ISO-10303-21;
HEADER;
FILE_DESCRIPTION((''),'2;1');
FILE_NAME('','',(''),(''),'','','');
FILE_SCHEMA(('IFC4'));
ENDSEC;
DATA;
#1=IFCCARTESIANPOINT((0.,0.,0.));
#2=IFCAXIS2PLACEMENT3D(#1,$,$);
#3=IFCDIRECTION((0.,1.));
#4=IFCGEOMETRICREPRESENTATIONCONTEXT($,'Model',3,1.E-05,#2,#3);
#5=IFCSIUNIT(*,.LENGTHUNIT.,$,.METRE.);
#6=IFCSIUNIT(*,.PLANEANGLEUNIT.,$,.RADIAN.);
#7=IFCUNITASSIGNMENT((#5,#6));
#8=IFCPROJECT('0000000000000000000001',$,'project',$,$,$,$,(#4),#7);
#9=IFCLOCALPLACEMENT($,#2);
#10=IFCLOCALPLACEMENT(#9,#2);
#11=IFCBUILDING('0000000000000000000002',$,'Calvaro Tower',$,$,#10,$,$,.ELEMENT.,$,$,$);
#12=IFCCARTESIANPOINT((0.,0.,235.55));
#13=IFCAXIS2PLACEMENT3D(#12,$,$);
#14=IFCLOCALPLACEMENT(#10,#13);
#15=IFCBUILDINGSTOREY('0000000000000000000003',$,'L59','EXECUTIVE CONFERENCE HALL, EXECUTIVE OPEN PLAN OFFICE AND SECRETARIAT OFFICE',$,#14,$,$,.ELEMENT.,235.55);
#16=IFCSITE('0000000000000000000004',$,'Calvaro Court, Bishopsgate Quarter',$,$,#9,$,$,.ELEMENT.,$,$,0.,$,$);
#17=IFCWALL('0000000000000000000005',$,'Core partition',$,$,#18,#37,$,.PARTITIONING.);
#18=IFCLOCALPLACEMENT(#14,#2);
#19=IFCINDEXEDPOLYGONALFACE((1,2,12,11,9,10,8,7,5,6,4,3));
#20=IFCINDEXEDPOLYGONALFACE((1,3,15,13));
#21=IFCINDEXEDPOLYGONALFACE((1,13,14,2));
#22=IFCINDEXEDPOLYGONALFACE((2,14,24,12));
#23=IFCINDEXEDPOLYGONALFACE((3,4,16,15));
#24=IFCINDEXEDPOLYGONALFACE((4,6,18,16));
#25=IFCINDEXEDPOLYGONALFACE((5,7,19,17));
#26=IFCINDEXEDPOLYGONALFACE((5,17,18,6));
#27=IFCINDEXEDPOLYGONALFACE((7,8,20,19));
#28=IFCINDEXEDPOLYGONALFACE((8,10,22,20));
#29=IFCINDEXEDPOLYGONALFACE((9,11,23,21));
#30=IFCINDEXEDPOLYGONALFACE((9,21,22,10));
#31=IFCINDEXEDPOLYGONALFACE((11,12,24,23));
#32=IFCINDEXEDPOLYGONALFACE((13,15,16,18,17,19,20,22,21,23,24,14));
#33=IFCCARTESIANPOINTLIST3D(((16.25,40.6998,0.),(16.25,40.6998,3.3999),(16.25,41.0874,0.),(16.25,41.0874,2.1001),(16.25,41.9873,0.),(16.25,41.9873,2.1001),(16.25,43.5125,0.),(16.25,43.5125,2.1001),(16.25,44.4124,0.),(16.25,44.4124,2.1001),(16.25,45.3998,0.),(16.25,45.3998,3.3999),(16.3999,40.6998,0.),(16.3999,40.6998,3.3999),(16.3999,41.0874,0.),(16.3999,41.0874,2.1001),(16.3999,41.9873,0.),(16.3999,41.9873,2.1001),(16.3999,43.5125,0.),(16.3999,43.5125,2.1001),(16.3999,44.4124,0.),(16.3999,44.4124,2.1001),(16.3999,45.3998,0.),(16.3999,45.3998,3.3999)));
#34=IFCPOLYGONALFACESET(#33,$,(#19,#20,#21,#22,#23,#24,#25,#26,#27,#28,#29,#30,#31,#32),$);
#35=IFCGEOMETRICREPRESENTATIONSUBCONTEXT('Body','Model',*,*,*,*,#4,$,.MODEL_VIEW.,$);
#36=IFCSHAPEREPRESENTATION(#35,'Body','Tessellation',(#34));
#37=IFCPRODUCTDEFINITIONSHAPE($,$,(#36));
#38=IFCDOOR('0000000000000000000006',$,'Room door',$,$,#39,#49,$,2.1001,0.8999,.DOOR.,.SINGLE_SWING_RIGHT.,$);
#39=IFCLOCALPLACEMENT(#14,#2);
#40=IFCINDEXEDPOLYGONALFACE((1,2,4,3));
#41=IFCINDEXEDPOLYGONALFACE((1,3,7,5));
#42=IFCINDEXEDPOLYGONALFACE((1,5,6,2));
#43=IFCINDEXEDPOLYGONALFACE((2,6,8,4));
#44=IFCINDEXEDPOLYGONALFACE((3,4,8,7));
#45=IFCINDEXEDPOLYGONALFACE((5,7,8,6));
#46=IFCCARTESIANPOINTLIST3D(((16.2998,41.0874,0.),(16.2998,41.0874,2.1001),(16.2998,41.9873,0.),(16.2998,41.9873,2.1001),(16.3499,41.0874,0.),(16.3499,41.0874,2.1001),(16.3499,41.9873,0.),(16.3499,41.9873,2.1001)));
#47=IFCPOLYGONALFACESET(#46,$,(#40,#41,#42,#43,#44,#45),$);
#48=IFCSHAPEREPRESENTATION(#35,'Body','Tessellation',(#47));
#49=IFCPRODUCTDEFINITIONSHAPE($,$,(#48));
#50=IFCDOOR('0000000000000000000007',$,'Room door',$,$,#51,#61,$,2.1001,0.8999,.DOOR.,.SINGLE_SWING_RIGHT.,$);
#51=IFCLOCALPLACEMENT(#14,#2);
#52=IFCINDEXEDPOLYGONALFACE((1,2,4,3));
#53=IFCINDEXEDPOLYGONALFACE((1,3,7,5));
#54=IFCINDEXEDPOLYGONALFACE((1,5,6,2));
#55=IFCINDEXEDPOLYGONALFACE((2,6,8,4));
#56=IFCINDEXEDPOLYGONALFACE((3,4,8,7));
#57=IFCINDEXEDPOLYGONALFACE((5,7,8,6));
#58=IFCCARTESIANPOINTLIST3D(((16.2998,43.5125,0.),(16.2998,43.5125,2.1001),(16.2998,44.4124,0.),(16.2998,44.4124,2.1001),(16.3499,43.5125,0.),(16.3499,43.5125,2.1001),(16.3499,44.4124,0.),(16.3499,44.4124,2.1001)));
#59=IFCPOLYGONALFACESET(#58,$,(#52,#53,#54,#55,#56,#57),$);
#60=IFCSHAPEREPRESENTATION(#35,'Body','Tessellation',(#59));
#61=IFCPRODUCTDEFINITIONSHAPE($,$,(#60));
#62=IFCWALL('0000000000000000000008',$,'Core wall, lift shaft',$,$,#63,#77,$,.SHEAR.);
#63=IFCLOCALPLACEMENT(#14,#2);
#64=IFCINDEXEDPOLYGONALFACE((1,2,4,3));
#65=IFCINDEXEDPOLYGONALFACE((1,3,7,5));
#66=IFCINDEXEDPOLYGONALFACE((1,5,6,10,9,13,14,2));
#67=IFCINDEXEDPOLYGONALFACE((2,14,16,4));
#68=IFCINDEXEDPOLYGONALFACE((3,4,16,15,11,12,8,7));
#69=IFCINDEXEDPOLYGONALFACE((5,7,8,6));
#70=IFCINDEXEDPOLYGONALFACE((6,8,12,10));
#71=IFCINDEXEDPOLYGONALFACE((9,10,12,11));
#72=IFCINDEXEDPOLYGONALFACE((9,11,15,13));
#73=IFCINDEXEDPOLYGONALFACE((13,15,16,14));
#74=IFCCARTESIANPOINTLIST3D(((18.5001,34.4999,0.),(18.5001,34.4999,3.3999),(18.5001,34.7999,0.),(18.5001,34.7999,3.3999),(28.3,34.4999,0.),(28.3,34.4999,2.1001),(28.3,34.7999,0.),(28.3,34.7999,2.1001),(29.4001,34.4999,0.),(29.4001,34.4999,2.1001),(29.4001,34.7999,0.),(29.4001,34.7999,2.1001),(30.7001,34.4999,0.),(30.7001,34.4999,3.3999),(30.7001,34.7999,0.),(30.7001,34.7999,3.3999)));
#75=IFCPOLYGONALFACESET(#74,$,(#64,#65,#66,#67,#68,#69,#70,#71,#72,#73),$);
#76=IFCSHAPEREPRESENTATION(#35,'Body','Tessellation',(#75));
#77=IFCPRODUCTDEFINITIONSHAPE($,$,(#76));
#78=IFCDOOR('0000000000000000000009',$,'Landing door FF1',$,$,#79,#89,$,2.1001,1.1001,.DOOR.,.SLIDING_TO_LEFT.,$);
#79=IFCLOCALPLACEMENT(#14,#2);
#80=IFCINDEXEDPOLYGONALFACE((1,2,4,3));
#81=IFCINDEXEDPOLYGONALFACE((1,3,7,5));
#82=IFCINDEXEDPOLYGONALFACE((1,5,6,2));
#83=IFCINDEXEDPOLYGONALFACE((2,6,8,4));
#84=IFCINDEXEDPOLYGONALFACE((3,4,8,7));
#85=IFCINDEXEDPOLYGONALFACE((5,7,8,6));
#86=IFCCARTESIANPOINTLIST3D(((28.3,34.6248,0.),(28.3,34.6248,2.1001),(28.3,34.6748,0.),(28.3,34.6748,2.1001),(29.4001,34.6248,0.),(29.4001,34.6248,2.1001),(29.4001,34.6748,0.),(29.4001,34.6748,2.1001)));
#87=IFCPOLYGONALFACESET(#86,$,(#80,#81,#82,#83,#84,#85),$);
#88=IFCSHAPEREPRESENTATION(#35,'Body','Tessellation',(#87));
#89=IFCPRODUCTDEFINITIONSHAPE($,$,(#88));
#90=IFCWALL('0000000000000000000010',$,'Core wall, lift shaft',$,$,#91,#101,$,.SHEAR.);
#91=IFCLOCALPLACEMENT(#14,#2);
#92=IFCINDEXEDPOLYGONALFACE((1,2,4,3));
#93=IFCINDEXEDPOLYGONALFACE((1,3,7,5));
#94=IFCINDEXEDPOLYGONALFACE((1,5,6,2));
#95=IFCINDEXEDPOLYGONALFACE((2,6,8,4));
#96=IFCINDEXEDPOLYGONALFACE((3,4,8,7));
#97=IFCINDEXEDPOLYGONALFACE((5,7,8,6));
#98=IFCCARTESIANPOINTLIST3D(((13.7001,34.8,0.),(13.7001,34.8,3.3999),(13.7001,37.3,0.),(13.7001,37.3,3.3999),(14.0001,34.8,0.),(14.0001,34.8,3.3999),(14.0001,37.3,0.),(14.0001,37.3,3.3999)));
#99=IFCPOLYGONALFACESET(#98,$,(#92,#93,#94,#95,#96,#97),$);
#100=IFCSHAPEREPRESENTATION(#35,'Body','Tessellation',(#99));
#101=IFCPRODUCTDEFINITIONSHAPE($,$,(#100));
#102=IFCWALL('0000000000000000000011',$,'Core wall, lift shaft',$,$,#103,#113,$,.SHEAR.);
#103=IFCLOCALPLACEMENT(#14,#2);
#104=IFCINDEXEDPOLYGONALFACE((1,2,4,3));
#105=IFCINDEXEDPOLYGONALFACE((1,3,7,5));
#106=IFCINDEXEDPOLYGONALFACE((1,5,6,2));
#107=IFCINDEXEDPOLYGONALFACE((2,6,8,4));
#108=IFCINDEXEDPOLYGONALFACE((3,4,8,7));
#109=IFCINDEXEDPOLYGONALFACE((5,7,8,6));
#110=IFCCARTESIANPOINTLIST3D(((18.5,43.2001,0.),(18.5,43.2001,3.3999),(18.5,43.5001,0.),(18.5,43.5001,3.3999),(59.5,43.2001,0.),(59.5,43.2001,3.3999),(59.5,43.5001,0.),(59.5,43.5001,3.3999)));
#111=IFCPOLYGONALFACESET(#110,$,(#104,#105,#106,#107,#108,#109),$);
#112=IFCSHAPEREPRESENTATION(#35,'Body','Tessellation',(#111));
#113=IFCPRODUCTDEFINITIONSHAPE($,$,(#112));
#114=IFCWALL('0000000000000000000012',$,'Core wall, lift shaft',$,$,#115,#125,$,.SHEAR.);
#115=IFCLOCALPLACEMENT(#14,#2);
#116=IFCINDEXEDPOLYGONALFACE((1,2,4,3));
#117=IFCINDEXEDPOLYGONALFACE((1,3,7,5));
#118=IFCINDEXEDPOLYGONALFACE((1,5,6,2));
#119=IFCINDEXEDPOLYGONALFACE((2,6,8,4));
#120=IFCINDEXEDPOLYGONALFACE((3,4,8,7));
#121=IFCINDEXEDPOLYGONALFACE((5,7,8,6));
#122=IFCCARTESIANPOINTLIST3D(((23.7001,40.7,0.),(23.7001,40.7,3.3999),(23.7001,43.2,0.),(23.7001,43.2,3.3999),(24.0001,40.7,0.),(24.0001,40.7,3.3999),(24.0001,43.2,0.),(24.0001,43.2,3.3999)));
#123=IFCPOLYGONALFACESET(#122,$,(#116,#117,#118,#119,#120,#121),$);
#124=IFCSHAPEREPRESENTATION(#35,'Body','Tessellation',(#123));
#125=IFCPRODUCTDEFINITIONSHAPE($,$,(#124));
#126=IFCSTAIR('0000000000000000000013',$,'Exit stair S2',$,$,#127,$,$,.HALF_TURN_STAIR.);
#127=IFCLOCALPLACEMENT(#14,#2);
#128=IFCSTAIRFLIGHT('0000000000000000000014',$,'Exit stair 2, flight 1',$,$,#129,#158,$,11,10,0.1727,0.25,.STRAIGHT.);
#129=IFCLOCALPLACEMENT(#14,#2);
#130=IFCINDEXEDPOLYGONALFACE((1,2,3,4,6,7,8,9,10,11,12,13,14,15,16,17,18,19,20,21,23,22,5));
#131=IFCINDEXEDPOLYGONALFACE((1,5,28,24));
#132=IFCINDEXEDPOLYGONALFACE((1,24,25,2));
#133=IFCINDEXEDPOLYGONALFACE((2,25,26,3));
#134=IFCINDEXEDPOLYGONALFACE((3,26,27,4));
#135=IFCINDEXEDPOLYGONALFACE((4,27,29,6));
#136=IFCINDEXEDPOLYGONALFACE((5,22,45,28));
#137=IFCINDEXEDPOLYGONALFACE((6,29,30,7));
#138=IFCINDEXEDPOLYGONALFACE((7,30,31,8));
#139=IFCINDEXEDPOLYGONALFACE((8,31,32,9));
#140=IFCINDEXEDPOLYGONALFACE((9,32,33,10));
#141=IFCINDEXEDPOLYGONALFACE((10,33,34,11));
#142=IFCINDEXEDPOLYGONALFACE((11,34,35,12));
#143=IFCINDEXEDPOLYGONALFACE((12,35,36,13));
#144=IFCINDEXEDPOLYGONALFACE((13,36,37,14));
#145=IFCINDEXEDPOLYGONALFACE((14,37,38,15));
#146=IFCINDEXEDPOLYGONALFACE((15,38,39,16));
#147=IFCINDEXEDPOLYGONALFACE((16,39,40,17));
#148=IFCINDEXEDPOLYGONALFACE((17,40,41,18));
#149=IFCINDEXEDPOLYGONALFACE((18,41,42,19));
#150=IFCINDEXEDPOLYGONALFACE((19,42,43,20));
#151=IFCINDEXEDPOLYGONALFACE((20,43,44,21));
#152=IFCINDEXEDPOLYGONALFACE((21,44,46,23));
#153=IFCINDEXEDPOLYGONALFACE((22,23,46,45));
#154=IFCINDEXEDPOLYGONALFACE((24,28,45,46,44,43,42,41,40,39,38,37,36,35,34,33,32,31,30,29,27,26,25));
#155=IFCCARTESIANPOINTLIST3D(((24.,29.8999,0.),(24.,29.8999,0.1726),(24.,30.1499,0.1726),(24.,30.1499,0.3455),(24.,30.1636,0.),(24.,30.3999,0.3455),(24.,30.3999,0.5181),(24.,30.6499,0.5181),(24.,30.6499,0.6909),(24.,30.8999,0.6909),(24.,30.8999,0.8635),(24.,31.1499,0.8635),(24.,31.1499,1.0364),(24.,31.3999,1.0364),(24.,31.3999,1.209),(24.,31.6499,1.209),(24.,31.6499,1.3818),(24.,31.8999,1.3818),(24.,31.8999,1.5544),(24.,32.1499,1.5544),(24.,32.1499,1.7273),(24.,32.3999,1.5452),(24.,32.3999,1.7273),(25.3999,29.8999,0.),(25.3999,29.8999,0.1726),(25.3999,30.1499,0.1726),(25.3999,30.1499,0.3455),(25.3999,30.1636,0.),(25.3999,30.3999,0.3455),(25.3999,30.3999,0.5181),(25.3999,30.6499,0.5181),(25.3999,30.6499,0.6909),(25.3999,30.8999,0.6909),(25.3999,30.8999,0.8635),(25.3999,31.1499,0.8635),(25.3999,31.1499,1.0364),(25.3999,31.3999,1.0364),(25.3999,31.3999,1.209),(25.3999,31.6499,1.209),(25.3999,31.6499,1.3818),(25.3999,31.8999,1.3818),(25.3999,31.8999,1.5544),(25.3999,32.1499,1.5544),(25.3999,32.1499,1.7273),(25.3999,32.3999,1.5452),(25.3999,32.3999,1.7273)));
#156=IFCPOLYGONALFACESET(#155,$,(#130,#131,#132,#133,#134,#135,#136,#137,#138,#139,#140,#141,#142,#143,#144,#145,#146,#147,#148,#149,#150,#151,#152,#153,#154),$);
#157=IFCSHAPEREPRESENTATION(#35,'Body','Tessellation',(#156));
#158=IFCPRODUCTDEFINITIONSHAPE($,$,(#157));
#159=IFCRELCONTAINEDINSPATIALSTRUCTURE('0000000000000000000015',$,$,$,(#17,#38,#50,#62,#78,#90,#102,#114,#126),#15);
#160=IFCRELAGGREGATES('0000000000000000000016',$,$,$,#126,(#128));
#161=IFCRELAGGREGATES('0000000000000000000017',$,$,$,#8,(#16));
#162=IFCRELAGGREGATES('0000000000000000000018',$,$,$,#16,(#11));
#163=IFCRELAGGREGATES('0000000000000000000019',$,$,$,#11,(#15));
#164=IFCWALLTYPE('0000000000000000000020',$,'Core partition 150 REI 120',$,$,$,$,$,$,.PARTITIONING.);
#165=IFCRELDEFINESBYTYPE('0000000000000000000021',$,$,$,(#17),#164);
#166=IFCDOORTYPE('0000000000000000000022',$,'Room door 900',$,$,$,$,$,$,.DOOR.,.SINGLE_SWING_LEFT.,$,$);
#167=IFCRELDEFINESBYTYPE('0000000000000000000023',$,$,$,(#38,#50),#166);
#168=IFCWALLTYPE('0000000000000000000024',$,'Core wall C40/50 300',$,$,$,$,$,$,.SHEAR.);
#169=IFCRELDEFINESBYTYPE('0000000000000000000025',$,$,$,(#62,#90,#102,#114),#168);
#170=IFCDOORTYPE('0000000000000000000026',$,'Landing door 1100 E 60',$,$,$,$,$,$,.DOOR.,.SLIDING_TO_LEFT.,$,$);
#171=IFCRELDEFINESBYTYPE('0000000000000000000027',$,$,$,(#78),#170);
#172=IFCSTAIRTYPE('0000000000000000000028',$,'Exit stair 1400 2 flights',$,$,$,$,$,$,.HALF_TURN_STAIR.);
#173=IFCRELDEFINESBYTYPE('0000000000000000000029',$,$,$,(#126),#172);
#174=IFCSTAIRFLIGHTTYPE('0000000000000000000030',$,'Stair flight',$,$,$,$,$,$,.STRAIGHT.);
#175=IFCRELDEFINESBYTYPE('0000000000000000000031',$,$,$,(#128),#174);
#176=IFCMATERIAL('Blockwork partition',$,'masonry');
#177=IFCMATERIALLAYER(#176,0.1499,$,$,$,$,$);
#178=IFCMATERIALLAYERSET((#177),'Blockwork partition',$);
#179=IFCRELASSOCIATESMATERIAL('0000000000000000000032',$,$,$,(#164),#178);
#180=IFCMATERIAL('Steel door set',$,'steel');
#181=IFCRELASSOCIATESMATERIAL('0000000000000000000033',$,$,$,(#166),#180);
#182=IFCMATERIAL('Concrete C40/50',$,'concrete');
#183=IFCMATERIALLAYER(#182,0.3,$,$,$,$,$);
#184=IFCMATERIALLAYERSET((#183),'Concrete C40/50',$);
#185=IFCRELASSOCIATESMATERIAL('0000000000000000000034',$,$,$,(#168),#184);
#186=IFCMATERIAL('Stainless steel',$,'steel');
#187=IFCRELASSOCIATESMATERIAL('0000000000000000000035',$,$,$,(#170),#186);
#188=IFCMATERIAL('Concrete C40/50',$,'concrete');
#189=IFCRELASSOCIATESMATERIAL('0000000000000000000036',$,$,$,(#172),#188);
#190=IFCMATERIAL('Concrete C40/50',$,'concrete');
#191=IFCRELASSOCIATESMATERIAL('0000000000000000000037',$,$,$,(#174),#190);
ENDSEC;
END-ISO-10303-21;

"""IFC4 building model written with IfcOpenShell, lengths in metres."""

from ifc_helpers import new_model, si_unit, direction, frame, frame_2d, origin, place, context, subcontext, project, spatial, polyline, rectangle, outline, extrude, material, layer, layer_set, type_object, element, fill, aggregate, save


model = new_model("IFC4")

# Units and contexts
model_context = context("Model", 3, precision=1e-05, world=origin(), true_north=direction((0.0, 1.0)))
body_context = subcontext(model_context, "Body", "Model", "MODEL_VIEW")
ifc_project = project(units=[si_unit("LENGTHUNIT", "METRE"), si_unit("PLANEANGLEUNIT", "RADIAN")], contexts=[model_context])

# Site, building, storey
site_placement = place(None, origin())
site = spatial("IfcSite", under=ifc_project, at=site_placement, Name="Calvaro Court, Bishopsgate Quarter", CompositionType="ELEMENT", RefElevation=0.0)
building_placement = place(site_placement, origin())
building = spatial("IfcBuilding", under=site, at=building_placement, Name="Calvaro Tower", CompositionType="ELEMENT")
storey_placement = place(building_placement, frame((0.0, 0.0, 235.55)))
storey = spatial("IfcBuildingStorey", under=building, at=storey_placement, Name="L59", Description="EXECUTIVE CONFERENCE HALL, EXECUTIVE OPEN PLAN OFFICE AND SECRETARIAT OFFICE", CompositionType="ELEMENT", Elevation=235.55)

# Wall, openings, doors
ifc_material_1 = material(Name="Blockwork partition", Category="masonry")
ifc_layer_1 = layer(ifc_material_1, 0.1499)
ifc_layer_set_1 = layer_set([ifc_layer_1], Name="Blockwork partition")
wall_type_1 = type_object("IfcWallType", Name="Core partition 150 REI 120", PredefinedType="PARTITIONING", material=ifc_layer_set_1)
wall_1_placement = place(storey_placement, frame((16.325, 45.3999, 0.0), z_axis=(0.0, 0.0, 1.0), x_axis=(0.0, -1.0, 0.0)))
wall_1 = element("IfcWall", 1, at=wall_1_placement, inside=storey, type_object=wall_type_1, Name="Core partition", PredefinedType="PARTITIONING", context=body_context, shape_type="SweptSolid", body=[
    extrude(rectangle(XDim=4.7, YDim=0.1499, at=frame_2d((2.3501, 0.0))), origin(), (0.0, 0.0, 1.0), 3.3999),
])
opening_1_placement = place(wall_1_placement, frame((3.4126, 0.0, 0.0)))
opening_1 = element("IfcOpeningElement", 2, at=opening_1_placement, cuts=wall_1, PredefinedType="OPENING", context=body_context, shape_type="SweptSolid", body=[
    extrude(rectangle(XDim=0.8999, YDim=2.1001, at=frame_2d((0.45, 1.05))), frame((0.0, 0.085, 0.0), z_axis=(0.0, -1.0, 0.0), x_axis=(1.0, 0.0, 0.0)), (0.0, 0.0, 1.0), 0.1699),
])
opening_2_placement = place(wall_1_placement, frame((0.9875, 0.0, 0.0)))
opening_2 = element("IfcOpeningElement", 3, at=opening_2_placement, cuts=wall_1, PredefinedType="OPENING", context=body_context, shape_type="SweptSolid", body=[
    extrude(rectangle(XDim=0.8999, YDim=2.1001, at=frame_2d((0.45, 1.05))), frame((0.0, 0.085, 0.0), z_axis=(0.0, -1.0, 0.0), x_axis=(1.0, 0.0, 0.0)), (0.0, 0.0, 1.0), 0.1699),
])
ifc_material_2 = material(Name="Steel door set", Category="steel")
door_type_1 = type_object("IfcDoorType", Name="Room door 900", OperationType="SINGLE_SWING_LEFT", PredefinedType="DOOR", material=ifc_material_2)
door_1_placement = place(opening_1_placement, origin())
door_1 = element("IfcDoor", 4, at=door_1_placement, inside=storey, type_object=door_type_1, Name="Room door", OperationType="SINGLE_SWING_RIGHT", OverallHeight=2.1001, OverallWidth=0.8999, PredefinedType="DOOR", context=body_context, shape_type="SweptSolid", body=[
    extrude(rectangle(XDim=0.8999, YDim=2.1001, at=frame_2d((0.45, 1.05))), frame((0.0, 0.0249, 0.0), z_axis=(0.0, -1.0, 0.0), x_axis=(1.0, 0.0, 0.0)), (0.0, 0.0, 1.0), 0.05),
])
fill(opening_1, door_1)
door_2_placement = place(opening_2_placement, origin())
door_2 = element("IfcDoor", 5, at=door_2_placement, inside=storey, type_object=door_type_1, Name="Room door", OperationType="SINGLE_SWING_RIGHT", OverallHeight=2.1001, OverallWidth=0.8999, PredefinedType="DOOR", context=body_context, shape_type="SweptSolid", body=[
    extrude(rectangle(XDim=0.8999, YDim=2.1001, at=frame_2d((0.45, 1.05))), frame((0.0, 0.0249, 0.0), z_axis=(0.0, -1.0, 0.0), x_axis=(1.0, 0.0, 0.0)), (0.0, 0.0, 1.0), 0.05),
])
fill(opening_2, door_2)

# Wall, opening, door
ifc_material_3 = material(Name="Concrete C40/50", Category="concrete")
ifc_layer_2 = layer(ifc_material_3, 0.3)
ifc_layer_set_2 = layer_set([ifc_layer_2], Name="Concrete C40/50")
wall_type_2 = type_object("IfcWallType", Name="Core wall C40/50 300", PredefinedType="SHEAR", material=ifc_layer_set_2)
wall_2_placement = place(storey_placement, frame((18.5, 34.6499, 0.0), z_axis=(0.0, 0.0, 1.0), x_axis=(1.0, 0.0, 0.0)))
wall_2 = element("IfcWall", 6, at=wall_2_placement, inside=storey, type_object=wall_type_2, Name="Core wall, lift shaft", PredefinedType="SHEAR", context=body_context, shape_type="SweptSolid", body=[
    extrude(rectangle(XDim=12.2, YDim=0.3, at=frame_2d((6.1001, 0.0))), origin(), (0.0, 0.0, 1.0), 3.3999),
])
opening_3_placement = place(wall_2_placement, frame((9.8, 0.0, 0.0)))
opening_3 = element("IfcOpeningElement", 7, at=opening_3_placement, cuts=wall_2, PredefinedType="OPENING", context=body_context, shape_type="SweptSolid", body=[
    extrude(rectangle(XDim=1.1001, YDim=2.1001, at=frame_2d((0.55, 1.05))), frame((0.0, 0.1599, 0.0), z_axis=(0.0, -1.0, 0.0), x_axis=(1.0, 0.0, 0.0)), (0.0, 0.0, 1.0), 0.3201),
])
ifc_material_4 = material(Name="Stainless steel", Category="steel")
door_type_2 = type_object("IfcDoorType", Name="Landing door 1100 E 60", OperationType="SLIDING_TO_LEFT", PredefinedType="DOOR", material=ifc_material_4)
door_3_placement = place(opening_3_placement, origin())
door_3 = element("IfcDoor", 8, at=door_3_placement, inside=storey, type_object=door_type_2, Name="Landing door FF1", OperationType="SLIDING_TO_LEFT", OverallHeight=2.1001, OverallWidth=1.1001, PredefinedType="DOOR", context=body_context, shape_type="SweptSolid", body=[
    extrude(rectangle(XDim=1.1001, YDim=2.1001, at=frame_2d((0.55, 1.05))), frame((0.0, 0.0249, 0.0), z_axis=(0.0, -1.0, 0.0), x_axis=(1.0, 0.0, 0.0)), (0.0, 0.0, 1.0), 0.05),
])
fill(opening_3, door_3)

# Wall
wall_3_placement = place(storey_placement, frame((13.8501, 34.8, 0.0), z_axis=(0.0, 0.0, 1.0), x_axis=(0.0, 1.0, 0.0)))
element("IfcWall", 9, at=wall_3_placement, inside=storey, type_object=wall_type_2, Name="Core wall, lift shaft", PredefinedType="SHEAR", context=body_context, shape_type="SweptSolid", body=[
    extrude(rectangle(XDim=2.5, YDim=0.3, at=frame_2d((1.25, 0.0))), origin(), (0.0, 0.0, 1.0), 3.3999),
])

# Walls
wall_4_placement = place(storey_placement, frame((18.5, 43.3501, 0.0), z_axis=(0.0, 0.0, 1.0), x_axis=(1.0, 0.0, 0.0)))
element("IfcWall", 10, at=wall_4_placement, inside=storey, type_object=wall_type_2, Name="Core wall, lift shaft", PredefinedType="SHEAR", context=body_context, shape_type="SweptSolid", body=[
    extrude(rectangle(XDim=41.0, YDim=0.3, at=frame_2d((20.5, 0.0))), origin(), (0.0, 0.0, 1.0), 3.3999),
])
wall_5_placement = place(storey_placement, frame((23.8501, 40.7, 0.0), z_axis=(0.0, 0.0, 1.0), x_axis=(0.0, 1.0, 0.0)))
element("IfcWall", 11, at=wall_5_placement, inside=storey, type_object=wall_type_2, Name="Core wall, lift shaft", PredefinedType="SHEAR", context=body_context, shape_type="SweptSolid", body=[
    extrude(rectangle(XDim=2.5, YDim=0.3, at=frame_2d((1.25, 0.0))), origin(), (0.0, 0.0, 1.0), 3.3999),
])

# Stair, stair flight
ifc_material_5 = material(Name="Concrete C40/50", Category="concrete")
stair_type = type_object("IfcStairType", Name="Exit stair 1400 2 flights", PredefinedType="HALF_TURN_STAIR", material=ifc_material_5)
stair_1_placement = place(storey_placement, origin())
stair_1 = element("IfcStair", 12, at=stair_1_placement, inside=storey, type_object=stair_type, Name="Exit stair S2", PredefinedType="HALF_TURN_STAIR")
ifc_material_6 = material(Name="Concrete C40/50", Category="concrete")
stair_flight_type = type_object("IfcStairFlightType", Name="Stair flight", PredefinedType="STRAIGHT", material=ifc_material_6)
stair_flight_placement = place(storey_placement, frame((24.7, 29.8999, 0.0), z_axis=(0.0, 0.0, 1.0), x_axis=(0.0, 1.0, 0.0)))
stair_flight = element("IfcStairFlight", 13, at=stair_flight_placement, type_object=stair_flight_type, Name="Exit stair 2, flight 1", NumberOfRisers=11, NumberOfTreads=10, PredefinedType="STRAIGHT", RiserHeight=0.1727, TreadLength=0.25, context=body_context, shape_type="SweptSolid", body=[
    extrude(outline(polyline([(0.0, 0.0), (0.0, 0.1726), (0.25, 0.1726), (0.25, 0.3455), (0.5, 0.3455), (0.5, 0.5181), (0.75, 0.5181), (0.75, 0.6909), (1.0, 0.6909), (1.0, 0.8635), (1.25, 0.8635), (1.25, 1.0364), (1.5, 1.0364), (1.5, 1.209), (1.75, 1.209), (1.75, 1.3818), (2.0, 1.3818), (2.0, 1.5544), (2.25, 1.5544), (2.25, 1.7273), (2.5, 1.7273), (2.5, 1.8999), (2.5, 1.5452), (0.2637, 0.0), (0.0, 0.0)])), frame((0.0, 0.7, 0.0), z_axis=(0.0, -1.0, 0.0), x_axis=(1.0, 0.0, 0.0)), (0.0, 0.0, 1.0), 1.3999),
])

aggregate(stair_1, [stair_flight])

save(model, "model.ifc")
